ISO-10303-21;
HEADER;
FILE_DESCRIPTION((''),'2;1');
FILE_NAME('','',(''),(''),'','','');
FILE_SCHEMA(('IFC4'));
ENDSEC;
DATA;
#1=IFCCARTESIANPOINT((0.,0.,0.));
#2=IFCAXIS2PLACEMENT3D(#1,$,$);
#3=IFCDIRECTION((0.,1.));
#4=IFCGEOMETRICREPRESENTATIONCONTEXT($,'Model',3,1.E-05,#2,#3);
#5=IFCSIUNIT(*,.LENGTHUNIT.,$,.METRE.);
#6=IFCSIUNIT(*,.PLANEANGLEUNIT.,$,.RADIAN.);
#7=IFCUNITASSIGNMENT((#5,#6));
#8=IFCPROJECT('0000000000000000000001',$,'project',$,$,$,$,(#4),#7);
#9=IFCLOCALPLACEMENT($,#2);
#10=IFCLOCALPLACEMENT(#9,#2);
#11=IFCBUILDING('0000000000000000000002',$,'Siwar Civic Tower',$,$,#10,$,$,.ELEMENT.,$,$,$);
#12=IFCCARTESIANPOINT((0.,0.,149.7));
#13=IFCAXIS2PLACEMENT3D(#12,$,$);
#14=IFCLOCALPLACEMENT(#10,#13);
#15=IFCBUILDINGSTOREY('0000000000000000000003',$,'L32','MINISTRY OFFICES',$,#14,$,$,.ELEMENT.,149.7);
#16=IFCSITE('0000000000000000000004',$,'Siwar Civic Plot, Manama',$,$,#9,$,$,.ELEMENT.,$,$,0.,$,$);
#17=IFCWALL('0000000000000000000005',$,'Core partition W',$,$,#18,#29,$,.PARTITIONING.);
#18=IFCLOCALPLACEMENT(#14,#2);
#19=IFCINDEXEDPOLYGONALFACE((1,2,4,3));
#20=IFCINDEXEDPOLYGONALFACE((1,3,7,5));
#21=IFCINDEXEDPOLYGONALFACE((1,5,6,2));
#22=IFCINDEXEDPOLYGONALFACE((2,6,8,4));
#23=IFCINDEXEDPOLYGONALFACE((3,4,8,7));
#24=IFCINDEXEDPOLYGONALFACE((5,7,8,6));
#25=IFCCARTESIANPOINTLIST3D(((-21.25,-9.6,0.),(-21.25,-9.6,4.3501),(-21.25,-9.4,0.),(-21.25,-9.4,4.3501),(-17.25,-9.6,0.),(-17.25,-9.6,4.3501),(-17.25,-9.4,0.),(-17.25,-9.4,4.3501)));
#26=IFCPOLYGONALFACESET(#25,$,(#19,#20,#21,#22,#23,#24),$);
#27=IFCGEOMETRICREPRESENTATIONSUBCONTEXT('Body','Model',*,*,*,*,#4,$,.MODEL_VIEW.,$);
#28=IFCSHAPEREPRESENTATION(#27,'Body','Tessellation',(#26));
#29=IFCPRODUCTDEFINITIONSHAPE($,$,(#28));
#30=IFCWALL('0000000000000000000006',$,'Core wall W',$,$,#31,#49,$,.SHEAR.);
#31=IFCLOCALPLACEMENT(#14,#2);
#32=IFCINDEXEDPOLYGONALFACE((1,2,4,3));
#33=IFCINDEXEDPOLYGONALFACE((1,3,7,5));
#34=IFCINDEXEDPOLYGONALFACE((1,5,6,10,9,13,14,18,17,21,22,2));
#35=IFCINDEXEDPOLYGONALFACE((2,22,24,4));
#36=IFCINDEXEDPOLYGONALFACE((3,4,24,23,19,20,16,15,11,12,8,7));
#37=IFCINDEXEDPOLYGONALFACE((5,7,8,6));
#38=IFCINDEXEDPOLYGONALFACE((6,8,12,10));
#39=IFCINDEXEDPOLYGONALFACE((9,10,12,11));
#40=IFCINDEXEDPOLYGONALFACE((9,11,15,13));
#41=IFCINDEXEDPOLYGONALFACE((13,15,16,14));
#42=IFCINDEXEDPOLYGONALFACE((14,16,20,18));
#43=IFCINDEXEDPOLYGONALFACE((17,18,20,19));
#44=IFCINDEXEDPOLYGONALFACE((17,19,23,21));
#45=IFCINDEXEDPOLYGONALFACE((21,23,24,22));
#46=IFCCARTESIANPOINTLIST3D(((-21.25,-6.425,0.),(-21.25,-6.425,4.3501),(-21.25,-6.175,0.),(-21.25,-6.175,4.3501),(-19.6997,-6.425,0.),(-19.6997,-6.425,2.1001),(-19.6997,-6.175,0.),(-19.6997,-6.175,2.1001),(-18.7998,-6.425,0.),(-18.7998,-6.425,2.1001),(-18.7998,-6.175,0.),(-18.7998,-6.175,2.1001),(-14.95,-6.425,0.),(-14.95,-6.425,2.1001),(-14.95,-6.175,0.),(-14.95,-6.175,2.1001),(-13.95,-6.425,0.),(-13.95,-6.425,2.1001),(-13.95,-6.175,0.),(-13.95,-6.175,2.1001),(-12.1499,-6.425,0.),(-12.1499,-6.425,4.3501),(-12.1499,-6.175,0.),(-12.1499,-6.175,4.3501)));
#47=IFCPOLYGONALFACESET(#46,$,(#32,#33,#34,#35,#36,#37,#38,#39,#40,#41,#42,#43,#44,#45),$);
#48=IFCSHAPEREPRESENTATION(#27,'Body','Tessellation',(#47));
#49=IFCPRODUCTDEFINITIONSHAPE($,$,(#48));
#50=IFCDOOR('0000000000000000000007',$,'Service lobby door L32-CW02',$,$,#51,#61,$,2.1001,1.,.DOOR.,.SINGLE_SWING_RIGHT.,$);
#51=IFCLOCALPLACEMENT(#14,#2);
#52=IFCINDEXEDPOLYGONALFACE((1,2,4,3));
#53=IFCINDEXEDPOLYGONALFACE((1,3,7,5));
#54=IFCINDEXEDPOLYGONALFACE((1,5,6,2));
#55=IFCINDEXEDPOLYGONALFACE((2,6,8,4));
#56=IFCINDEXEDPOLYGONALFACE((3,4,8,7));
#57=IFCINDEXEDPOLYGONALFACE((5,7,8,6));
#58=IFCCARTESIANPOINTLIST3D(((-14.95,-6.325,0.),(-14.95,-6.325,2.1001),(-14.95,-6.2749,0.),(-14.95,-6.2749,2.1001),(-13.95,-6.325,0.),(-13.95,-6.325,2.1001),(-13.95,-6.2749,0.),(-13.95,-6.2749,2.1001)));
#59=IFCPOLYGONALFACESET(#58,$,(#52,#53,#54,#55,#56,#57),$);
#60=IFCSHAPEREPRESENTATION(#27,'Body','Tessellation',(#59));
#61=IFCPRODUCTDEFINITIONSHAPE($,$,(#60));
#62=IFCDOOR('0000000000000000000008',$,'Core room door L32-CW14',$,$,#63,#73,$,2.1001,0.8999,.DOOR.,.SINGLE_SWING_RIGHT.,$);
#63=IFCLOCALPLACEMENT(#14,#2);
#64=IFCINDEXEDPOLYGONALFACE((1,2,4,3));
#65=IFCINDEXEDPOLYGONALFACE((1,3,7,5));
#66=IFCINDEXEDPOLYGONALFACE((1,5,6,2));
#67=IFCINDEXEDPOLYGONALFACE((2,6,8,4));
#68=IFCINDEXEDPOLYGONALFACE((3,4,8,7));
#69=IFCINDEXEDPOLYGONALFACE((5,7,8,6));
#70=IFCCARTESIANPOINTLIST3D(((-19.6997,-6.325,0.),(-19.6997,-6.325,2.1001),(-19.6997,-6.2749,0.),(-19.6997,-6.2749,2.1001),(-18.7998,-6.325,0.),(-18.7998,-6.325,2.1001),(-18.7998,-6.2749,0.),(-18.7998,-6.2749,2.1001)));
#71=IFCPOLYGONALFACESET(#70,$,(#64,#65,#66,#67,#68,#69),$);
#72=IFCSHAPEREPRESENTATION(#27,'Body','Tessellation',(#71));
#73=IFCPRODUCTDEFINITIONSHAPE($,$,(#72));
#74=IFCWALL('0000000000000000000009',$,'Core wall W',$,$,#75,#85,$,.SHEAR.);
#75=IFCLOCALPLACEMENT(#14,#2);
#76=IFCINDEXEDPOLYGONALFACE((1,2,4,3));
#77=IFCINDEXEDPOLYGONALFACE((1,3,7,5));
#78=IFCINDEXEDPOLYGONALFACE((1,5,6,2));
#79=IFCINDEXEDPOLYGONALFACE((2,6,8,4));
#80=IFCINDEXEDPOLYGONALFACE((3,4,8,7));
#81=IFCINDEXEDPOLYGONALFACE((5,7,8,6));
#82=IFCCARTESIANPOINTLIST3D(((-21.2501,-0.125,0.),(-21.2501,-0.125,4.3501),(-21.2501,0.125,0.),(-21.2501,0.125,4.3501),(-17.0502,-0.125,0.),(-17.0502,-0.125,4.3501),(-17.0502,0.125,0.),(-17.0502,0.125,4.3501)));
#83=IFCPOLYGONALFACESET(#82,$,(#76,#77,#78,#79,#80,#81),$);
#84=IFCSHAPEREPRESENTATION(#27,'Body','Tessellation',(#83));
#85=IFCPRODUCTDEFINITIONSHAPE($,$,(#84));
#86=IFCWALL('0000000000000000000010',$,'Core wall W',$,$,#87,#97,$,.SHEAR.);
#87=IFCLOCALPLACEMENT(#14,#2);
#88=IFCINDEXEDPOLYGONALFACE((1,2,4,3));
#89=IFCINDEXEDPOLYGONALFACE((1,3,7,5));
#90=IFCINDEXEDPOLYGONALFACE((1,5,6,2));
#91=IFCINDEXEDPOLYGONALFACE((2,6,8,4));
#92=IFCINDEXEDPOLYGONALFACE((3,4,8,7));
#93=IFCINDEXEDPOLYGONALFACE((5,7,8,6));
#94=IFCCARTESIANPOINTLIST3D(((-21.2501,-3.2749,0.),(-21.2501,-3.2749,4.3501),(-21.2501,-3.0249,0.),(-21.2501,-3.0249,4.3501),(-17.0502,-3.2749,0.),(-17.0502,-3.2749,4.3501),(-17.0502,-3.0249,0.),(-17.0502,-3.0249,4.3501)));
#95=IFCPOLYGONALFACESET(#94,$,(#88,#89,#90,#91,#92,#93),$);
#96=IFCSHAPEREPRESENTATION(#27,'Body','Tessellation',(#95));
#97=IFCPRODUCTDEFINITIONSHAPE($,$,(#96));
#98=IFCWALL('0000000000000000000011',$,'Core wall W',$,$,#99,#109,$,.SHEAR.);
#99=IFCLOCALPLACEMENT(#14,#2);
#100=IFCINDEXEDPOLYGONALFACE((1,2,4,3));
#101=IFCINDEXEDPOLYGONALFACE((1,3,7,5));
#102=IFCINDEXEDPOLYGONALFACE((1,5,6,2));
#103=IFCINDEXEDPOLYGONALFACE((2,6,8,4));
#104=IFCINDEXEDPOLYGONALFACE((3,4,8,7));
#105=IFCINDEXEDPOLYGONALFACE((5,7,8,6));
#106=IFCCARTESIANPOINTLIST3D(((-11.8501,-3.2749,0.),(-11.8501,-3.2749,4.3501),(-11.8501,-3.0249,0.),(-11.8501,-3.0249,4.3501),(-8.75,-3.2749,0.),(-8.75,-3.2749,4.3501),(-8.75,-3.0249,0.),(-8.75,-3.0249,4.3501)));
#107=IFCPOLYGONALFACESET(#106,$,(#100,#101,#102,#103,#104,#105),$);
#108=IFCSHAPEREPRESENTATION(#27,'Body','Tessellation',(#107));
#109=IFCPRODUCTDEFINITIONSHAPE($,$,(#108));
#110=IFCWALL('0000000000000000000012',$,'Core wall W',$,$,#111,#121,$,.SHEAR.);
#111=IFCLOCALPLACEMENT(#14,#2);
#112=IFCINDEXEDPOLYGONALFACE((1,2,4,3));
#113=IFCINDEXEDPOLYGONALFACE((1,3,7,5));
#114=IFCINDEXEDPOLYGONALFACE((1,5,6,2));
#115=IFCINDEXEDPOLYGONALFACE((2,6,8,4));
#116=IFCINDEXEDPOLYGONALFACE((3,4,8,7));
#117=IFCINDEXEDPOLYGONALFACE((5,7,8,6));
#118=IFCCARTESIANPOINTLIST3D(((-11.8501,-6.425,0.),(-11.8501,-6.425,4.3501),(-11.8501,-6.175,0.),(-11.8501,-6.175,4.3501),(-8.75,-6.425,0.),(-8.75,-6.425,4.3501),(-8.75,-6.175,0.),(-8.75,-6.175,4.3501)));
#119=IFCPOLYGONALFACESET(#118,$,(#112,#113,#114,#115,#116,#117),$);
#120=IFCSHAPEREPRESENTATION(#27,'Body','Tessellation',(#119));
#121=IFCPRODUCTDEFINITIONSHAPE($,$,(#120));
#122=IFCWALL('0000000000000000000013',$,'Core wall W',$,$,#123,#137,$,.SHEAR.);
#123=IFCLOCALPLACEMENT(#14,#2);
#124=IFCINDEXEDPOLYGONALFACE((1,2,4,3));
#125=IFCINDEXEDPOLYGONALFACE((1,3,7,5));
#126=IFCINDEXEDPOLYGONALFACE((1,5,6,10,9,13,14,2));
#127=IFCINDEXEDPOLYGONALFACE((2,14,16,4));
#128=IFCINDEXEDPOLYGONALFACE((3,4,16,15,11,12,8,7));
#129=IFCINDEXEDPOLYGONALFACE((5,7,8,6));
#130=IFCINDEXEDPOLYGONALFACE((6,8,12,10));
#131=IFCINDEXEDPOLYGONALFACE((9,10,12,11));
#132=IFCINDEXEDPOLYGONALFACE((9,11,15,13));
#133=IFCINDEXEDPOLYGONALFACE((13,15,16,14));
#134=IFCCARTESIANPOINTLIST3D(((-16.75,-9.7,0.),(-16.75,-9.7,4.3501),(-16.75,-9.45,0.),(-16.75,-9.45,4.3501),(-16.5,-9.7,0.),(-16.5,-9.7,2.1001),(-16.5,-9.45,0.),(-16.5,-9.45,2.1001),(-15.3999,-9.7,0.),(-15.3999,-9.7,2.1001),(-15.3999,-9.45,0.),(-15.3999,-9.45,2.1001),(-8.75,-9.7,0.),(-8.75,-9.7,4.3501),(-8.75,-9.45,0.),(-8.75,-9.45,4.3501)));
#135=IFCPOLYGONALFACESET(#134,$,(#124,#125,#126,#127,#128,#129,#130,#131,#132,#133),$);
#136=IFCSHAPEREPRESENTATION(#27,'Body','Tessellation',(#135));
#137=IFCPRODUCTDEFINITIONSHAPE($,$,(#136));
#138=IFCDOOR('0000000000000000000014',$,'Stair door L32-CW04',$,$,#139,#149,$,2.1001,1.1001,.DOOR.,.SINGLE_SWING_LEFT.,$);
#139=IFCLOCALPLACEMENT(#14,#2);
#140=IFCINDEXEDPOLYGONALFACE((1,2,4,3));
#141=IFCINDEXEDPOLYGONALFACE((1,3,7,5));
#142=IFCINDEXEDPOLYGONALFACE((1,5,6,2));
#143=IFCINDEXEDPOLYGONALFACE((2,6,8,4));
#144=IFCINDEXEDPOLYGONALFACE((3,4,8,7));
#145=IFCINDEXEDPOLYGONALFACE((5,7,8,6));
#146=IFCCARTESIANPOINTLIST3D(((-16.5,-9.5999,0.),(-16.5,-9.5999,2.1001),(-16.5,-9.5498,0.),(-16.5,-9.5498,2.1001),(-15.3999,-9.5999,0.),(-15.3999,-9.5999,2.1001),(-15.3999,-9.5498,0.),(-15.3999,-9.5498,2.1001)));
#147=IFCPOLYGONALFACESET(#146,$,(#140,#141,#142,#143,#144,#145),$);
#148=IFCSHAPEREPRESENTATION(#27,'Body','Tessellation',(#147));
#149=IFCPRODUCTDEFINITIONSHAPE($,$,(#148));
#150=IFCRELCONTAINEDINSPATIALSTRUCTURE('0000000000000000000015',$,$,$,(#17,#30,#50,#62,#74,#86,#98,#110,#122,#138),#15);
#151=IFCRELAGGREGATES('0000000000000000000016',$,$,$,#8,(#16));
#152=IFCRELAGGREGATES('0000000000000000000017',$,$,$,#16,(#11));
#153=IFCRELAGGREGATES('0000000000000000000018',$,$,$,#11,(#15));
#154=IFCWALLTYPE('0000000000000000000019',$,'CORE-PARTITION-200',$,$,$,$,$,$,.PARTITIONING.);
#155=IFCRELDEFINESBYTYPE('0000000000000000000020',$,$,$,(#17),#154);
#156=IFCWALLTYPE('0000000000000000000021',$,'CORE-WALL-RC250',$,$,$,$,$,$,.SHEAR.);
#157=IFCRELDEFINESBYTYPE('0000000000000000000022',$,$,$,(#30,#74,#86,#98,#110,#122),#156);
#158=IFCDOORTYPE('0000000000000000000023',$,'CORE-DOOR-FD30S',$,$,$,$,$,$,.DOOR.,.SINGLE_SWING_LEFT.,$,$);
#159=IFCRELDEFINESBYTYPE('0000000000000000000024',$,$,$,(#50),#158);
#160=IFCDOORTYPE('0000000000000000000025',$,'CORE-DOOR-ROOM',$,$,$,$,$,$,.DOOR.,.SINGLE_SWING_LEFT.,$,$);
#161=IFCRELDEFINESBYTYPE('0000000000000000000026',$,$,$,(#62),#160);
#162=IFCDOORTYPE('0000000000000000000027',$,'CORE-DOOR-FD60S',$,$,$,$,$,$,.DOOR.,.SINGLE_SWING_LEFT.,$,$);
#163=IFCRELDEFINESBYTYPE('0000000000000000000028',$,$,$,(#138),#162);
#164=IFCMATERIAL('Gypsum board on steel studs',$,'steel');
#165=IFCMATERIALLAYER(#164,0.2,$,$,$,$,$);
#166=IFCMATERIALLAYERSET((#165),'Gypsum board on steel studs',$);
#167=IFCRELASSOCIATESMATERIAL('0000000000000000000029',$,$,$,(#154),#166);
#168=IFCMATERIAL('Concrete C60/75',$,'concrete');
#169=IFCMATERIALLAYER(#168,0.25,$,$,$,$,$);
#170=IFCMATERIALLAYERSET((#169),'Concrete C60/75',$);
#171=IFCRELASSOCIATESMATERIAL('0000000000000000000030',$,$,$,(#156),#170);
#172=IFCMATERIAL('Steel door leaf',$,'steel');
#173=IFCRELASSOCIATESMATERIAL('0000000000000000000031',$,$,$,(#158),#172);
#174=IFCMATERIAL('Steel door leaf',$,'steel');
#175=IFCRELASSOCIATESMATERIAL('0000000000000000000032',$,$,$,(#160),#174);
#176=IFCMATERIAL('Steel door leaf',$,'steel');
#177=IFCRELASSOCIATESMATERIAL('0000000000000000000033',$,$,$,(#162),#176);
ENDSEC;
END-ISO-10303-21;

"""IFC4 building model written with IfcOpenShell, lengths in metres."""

from ifc_helpers import new_model, si_unit, direction, frame, frame_2d, origin, place, context, subcontext, project, spatial, rectangle, extrude, material, layer, layer_set, type_object, element, fill, save


model = new_model("IFC4")

# Units and contexts
model_context = context("Model", 3, precision=1e-05, world=origin(), true_north=direction((0.0, 1.0)))
body_context = subcontext(model_context, "Body", "Model", "MODEL_VIEW")
ifc_project = project(units=[si_unit("LENGTHUNIT", "METRE"), si_unit("PLANEANGLEUNIT", "RADIAN")], contexts=[model_context])

# Site, building, storey
site_placement = place(None, origin())
site = spatial("IfcSite", under=ifc_project, at=site_placement, Name="Siwar Civic Plot, Manama", CompositionType="ELEMENT", RefElevation=0.0)
building_placement = place(site_placement, origin())
building = spatial("IfcBuilding", under=site, at=building_placement, Name="Siwar Civic Tower", CompositionType="ELEMENT")
storey_placement = place(building_placement, frame((0.0, 0.0, 149.7)))
storey = spatial("IfcBuildingStorey", under=building, at=storey_placement, Name="L32", Description="MINISTRY OFFICES", CompositionType="ELEMENT", Elevation=149.7)

# Wall
ifc_material_1 = material(Name="Gypsum board on steel studs", Category="steel")
ifc_layer_1 = layer(ifc_material_1, 0.2)
ifc_layer_set_1 = layer_set([ifc_layer_1], Name="Gypsum board on steel studs")
wall_type_1 = type_object("IfcWallType", Name="CORE-PARTITION-200", PredefinedType="PARTITIONING", material=ifc_layer_set_1)
wall_1_placement = place(storey_placement, frame((-17.25, -9.5, 0.0), z_axis=(0.0, 0.0, 1.0), x_axis=(-1.0, 0.0, 0.0)))
element("IfcWall", 1, at=wall_1_placement, inside=storey, type_object=wall_type_1, Name="Core partition W", PredefinedType="PARTITIONING", context=body_context, shape_type="SweptSolid", body=[
    extrude(rectangle(XDim=4.0, YDim=0.2, at=frame_2d((2.0, 0.0))), origin(), (0.0, 0.0, 1.0), 4.3501),
])

# Wall, openings, doors
ifc_material_2 = material(Name="Concrete C60/75", Category="concrete")
ifc_layer_2 = layer(ifc_material_2, 0.25)
ifc_layer_set_2 = layer_set([ifc_layer_2], Name="Concrete C60/75")
wall_type_2 = type_object("IfcWallType", Name="CORE-WALL-RC250", PredefinedType="SHEAR", material=ifc_layer_set_2)
wall_2_placement = place(storey_placement, frame((-12.1499, -6.3, 0.0), z_axis=(0.0, 0.0, 1.0), x_axis=(-1.0, 0.0, 0.0)))
wall_2 = element("IfcWall", 2, at=wall_2_placement, inside=storey, type_object=wall_type_2, Name="Core wall W", PredefinedType="SHEAR", context=body_context, shape_type="SweptSolid", body=[
    extrude(rectangle(XDim=9.1001, YDim=0.25, at=frame_2d((4.55, 0.0))), origin(), (0.0, 0.0, 1.0), 4.3501),
])
opening_1_placement = place(wall_2_placement, frame((1.8, 0.0, 0.0)))
opening_1 = element("IfcOpeningElement", 3, at=opening_1_placement, cuts=wall_2, PredefinedType="OPENING", context=body_context, shape_type="SweptSolid", body=[
    extrude(rectangle(XDim=1.0, YDim=2.1001, at=frame_2d((0.5, 1.05))), frame((0.0, 0.135, 0.0), z_axis=(0.0, -1.0, 0.0), x_axis=(1.0, 0.0, 0.0)), (0.0, 0.0, 1.0), 0.27),
])
opening_2_placement = place(wall_2_placement, frame((6.6499, 0.0, 0.0)))
opening_2 = element("IfcOpeningElement", 4, at=opening_2_placement, cuts=wall_2, PredefinedType="OPENING", context=body_context, shape_type="SweptSolid", body=[
    extrude(rectangle(XDim=0.8999, YDim=2.1001, at=frame_2d((0.45, 1.05))), frame((0.0, 0.135, 0.0), z_axis=(0.0, -1.0, 0.0), x_axis=(1.0, 0.0, 0.0)), (0.0, 0.0, 1.0), 0.27),
])
ifc_material_3 = material(Name="Steel door leaf", Category="steel")
door_type_1 = type_object("IfcDoorType", Name="CORE-DOOR-FD30S", OperationType="SINGLE_SWING_LEFT", PredefinedType="DOOR", material=ifc_material_3)
door_1_placement = place(opening_1_placement, origin())
door_1 = element("IfcDoor", 5, at=door_1_placement, inside=storey, type_object=door_type_1, Name="Service lobby door L32-CW02", OperationType="SINGLE_SWING_RIGHT", OverallHeight=2.1001, OverallWidth=1.0, PredefinedType="DOOR", context=body_context, shape_type="SweptSolid", body=[
    extrude(rectangle(XDim=1.0, YDim=2.1001, at=frame_2d((0.5, 1.05))), frame((0.0, 0.0249, 0.0), z_axis=(0.0, -1.0, 0.0), x_axis=(1.0, 0.0, 0.0)), (0.0, 0.0, 1.0), 0.05),
])
fill(opening_1, door_1)
ifc_material_4 = material(Name="Steel door leaf", Category="steel")
door_type_2 = type_object("IfcDoorType", Name="CORE-DOOR-ROOM", OperationType="SINGLE_SWING_LEFT", PredefinedType="DOOR", material=ifc_material_4)
door_2_placement = place(opening_2_placement, origin())
door_2 = element("IfcDoor", 6, at=door_2_placement, inside=storey, type_object=door_type_2, Name="Core room door L32-CW14", OperationType="SINGLE_SWING_RIGHT", OverallHeight=2.1001, OverallWidth=0.8999, PredefinedType="DOOR", context=body_context, shape_type="SweptSolid", body=[
    extrude(rectangle(XDim=0.8999, YDim=2.1001, at=frame_2d((0.45, 1.05))), frame((0.0, 0.0249, 0.0), z_axis=(0.0, -1.0, 0.0), x_axis=(1.0, 0.0, 0.0)), (0.0, 0.0, 1.0), 0.05),
])
fill(opening_2, door_2)

# Walls
for number, where, z_axis, x_axis, name in (
    (7, (-17.05, 0.0, 0.0), (0.0, 0.0, 1.0), (-1.0, 0.0, 0.0), "Core wall W"),
    (8, (-17.05, -3.1499, 0.0), (0.0, 0.0, 1.0), (-1.0, 0.0, 0.0), "Core wall W"),
):
    element("IfcWall", number, at=place(storey_placement, frame(where, z_axis=z_axis, x_axis=x_axis)), inside=storey, type_object=wall_type_2, Name=name, PredefinedType="SHEAR", context=body_context, shape_type="SweptSolid", body=[
        extrude(rectangle(XDim=4.2, YDim=0.25, at=frame_2d((2.1001, 0.0))), origin(), (0.0, 0.0, 1.0), 4.3501),
    ])
for number, where, z_axis, x_axis, name in (
    (9, (-8.75, -3.1499, 0.0), (0.0, 0.0, 1.0), (-1.0, 0.0, 0.0), "Core wall W"),
    (10, (-8.75, -6.3, 0.0), (0.0, 0.0, 1.0), (-1.0, 0.0, 0.0), "Core wall W"),
):
    element("IfcWall", number, at=place(storey_placement, frame(where, z_axis=z_axis, x_axis=x_axis)), inside=storey, type_object=wall_type_2, Name=name, PredefinedType="SHEAR", context=body_context, shape_type="SweptSolid", body=[
        extrude(rectangle(XDim=3.1001, YDim=0.25, at=frame_2d((1.55, 0.0))), origin(), (0.0, 0.0, 1.0), 4.3501),
    ])

# Wall, opening, door
wall_3_placement = place(storey_placement, frame((-8.75, -9.575, 0.0), z_axis=(0.0, 0.0, 1.0), x_axis=(-1.0, 0.0, 0.0)))
wall_3 = element("IfcWall", 11, at=wall_3_placement, inside=storey, type_object=wall_type_2, Name="Core wall W", PredefinedType="SHEAR", context=body_context, shape_type="SweptSolid", body=[
    extrude(rectangle(XDim=8.0, YDim=0.25, at=frame_2d((4.0, 0.0))), origin(), (0.0, 0.0, 1.0), 4.3501),
])
opening_3_placement = place(wall_3_placement, frame((6.6499, 0.0, 0.0)))
opening_3 = element("IfcOpeningElement", 12, at=opening_3_placement, cuts=wall_3, PredefinedType="OPENING", context=body_context, shape_type="SweptSolid", body=[
    extrude(rectangle(XDim=1.1001, YDim=2.1001, at=frame_2d((0.55, 1.05))), frame((0.0, 0.135, 0.0), z_axis=(0.0, -1.0, 0.0), x_axis=(1.0, 0.0, 0.0)), (0.0, 0.0, 1.0), 0.27),
])
ifc_material_5 = material(Name="Steel door leaf", Category="steel")
door_type_3 = type_object("IfcDoorType", Name="CORE-DOOR-FD60S", OperationType="SINGLE_SWING_LEFT", PredefinedType="DOOR", material=ifc_material_5)
door_3_placement = place(opening_3_placement, origin())
door_3 = element("IfcDoor", 13, at=door_3_placement, inside=storey, type_object=door_type_3, Name="Stair door L32-CW04", OperationType="SINGLE_SWING_LEFT", OverallHeight=2.1001, OverallWidth=1.1001, PredefinedType="DOOR", context=body_context, shape_type="SweptSolid", body=[
    extrude(rectangle(XDim=1.1001, YDim=2.1001, at=frame_2d((0.55, 1.05))), frame((0.0, 0.0249, 0.0), z_axis=(0.0, -1.0, 0.0), x_axis=(1.0, 0.0, 0.0)), (0.0, 0.0, 1.0), 0.05),
])
fill(opening_3, door_3)

save(model, "model.ifc")
